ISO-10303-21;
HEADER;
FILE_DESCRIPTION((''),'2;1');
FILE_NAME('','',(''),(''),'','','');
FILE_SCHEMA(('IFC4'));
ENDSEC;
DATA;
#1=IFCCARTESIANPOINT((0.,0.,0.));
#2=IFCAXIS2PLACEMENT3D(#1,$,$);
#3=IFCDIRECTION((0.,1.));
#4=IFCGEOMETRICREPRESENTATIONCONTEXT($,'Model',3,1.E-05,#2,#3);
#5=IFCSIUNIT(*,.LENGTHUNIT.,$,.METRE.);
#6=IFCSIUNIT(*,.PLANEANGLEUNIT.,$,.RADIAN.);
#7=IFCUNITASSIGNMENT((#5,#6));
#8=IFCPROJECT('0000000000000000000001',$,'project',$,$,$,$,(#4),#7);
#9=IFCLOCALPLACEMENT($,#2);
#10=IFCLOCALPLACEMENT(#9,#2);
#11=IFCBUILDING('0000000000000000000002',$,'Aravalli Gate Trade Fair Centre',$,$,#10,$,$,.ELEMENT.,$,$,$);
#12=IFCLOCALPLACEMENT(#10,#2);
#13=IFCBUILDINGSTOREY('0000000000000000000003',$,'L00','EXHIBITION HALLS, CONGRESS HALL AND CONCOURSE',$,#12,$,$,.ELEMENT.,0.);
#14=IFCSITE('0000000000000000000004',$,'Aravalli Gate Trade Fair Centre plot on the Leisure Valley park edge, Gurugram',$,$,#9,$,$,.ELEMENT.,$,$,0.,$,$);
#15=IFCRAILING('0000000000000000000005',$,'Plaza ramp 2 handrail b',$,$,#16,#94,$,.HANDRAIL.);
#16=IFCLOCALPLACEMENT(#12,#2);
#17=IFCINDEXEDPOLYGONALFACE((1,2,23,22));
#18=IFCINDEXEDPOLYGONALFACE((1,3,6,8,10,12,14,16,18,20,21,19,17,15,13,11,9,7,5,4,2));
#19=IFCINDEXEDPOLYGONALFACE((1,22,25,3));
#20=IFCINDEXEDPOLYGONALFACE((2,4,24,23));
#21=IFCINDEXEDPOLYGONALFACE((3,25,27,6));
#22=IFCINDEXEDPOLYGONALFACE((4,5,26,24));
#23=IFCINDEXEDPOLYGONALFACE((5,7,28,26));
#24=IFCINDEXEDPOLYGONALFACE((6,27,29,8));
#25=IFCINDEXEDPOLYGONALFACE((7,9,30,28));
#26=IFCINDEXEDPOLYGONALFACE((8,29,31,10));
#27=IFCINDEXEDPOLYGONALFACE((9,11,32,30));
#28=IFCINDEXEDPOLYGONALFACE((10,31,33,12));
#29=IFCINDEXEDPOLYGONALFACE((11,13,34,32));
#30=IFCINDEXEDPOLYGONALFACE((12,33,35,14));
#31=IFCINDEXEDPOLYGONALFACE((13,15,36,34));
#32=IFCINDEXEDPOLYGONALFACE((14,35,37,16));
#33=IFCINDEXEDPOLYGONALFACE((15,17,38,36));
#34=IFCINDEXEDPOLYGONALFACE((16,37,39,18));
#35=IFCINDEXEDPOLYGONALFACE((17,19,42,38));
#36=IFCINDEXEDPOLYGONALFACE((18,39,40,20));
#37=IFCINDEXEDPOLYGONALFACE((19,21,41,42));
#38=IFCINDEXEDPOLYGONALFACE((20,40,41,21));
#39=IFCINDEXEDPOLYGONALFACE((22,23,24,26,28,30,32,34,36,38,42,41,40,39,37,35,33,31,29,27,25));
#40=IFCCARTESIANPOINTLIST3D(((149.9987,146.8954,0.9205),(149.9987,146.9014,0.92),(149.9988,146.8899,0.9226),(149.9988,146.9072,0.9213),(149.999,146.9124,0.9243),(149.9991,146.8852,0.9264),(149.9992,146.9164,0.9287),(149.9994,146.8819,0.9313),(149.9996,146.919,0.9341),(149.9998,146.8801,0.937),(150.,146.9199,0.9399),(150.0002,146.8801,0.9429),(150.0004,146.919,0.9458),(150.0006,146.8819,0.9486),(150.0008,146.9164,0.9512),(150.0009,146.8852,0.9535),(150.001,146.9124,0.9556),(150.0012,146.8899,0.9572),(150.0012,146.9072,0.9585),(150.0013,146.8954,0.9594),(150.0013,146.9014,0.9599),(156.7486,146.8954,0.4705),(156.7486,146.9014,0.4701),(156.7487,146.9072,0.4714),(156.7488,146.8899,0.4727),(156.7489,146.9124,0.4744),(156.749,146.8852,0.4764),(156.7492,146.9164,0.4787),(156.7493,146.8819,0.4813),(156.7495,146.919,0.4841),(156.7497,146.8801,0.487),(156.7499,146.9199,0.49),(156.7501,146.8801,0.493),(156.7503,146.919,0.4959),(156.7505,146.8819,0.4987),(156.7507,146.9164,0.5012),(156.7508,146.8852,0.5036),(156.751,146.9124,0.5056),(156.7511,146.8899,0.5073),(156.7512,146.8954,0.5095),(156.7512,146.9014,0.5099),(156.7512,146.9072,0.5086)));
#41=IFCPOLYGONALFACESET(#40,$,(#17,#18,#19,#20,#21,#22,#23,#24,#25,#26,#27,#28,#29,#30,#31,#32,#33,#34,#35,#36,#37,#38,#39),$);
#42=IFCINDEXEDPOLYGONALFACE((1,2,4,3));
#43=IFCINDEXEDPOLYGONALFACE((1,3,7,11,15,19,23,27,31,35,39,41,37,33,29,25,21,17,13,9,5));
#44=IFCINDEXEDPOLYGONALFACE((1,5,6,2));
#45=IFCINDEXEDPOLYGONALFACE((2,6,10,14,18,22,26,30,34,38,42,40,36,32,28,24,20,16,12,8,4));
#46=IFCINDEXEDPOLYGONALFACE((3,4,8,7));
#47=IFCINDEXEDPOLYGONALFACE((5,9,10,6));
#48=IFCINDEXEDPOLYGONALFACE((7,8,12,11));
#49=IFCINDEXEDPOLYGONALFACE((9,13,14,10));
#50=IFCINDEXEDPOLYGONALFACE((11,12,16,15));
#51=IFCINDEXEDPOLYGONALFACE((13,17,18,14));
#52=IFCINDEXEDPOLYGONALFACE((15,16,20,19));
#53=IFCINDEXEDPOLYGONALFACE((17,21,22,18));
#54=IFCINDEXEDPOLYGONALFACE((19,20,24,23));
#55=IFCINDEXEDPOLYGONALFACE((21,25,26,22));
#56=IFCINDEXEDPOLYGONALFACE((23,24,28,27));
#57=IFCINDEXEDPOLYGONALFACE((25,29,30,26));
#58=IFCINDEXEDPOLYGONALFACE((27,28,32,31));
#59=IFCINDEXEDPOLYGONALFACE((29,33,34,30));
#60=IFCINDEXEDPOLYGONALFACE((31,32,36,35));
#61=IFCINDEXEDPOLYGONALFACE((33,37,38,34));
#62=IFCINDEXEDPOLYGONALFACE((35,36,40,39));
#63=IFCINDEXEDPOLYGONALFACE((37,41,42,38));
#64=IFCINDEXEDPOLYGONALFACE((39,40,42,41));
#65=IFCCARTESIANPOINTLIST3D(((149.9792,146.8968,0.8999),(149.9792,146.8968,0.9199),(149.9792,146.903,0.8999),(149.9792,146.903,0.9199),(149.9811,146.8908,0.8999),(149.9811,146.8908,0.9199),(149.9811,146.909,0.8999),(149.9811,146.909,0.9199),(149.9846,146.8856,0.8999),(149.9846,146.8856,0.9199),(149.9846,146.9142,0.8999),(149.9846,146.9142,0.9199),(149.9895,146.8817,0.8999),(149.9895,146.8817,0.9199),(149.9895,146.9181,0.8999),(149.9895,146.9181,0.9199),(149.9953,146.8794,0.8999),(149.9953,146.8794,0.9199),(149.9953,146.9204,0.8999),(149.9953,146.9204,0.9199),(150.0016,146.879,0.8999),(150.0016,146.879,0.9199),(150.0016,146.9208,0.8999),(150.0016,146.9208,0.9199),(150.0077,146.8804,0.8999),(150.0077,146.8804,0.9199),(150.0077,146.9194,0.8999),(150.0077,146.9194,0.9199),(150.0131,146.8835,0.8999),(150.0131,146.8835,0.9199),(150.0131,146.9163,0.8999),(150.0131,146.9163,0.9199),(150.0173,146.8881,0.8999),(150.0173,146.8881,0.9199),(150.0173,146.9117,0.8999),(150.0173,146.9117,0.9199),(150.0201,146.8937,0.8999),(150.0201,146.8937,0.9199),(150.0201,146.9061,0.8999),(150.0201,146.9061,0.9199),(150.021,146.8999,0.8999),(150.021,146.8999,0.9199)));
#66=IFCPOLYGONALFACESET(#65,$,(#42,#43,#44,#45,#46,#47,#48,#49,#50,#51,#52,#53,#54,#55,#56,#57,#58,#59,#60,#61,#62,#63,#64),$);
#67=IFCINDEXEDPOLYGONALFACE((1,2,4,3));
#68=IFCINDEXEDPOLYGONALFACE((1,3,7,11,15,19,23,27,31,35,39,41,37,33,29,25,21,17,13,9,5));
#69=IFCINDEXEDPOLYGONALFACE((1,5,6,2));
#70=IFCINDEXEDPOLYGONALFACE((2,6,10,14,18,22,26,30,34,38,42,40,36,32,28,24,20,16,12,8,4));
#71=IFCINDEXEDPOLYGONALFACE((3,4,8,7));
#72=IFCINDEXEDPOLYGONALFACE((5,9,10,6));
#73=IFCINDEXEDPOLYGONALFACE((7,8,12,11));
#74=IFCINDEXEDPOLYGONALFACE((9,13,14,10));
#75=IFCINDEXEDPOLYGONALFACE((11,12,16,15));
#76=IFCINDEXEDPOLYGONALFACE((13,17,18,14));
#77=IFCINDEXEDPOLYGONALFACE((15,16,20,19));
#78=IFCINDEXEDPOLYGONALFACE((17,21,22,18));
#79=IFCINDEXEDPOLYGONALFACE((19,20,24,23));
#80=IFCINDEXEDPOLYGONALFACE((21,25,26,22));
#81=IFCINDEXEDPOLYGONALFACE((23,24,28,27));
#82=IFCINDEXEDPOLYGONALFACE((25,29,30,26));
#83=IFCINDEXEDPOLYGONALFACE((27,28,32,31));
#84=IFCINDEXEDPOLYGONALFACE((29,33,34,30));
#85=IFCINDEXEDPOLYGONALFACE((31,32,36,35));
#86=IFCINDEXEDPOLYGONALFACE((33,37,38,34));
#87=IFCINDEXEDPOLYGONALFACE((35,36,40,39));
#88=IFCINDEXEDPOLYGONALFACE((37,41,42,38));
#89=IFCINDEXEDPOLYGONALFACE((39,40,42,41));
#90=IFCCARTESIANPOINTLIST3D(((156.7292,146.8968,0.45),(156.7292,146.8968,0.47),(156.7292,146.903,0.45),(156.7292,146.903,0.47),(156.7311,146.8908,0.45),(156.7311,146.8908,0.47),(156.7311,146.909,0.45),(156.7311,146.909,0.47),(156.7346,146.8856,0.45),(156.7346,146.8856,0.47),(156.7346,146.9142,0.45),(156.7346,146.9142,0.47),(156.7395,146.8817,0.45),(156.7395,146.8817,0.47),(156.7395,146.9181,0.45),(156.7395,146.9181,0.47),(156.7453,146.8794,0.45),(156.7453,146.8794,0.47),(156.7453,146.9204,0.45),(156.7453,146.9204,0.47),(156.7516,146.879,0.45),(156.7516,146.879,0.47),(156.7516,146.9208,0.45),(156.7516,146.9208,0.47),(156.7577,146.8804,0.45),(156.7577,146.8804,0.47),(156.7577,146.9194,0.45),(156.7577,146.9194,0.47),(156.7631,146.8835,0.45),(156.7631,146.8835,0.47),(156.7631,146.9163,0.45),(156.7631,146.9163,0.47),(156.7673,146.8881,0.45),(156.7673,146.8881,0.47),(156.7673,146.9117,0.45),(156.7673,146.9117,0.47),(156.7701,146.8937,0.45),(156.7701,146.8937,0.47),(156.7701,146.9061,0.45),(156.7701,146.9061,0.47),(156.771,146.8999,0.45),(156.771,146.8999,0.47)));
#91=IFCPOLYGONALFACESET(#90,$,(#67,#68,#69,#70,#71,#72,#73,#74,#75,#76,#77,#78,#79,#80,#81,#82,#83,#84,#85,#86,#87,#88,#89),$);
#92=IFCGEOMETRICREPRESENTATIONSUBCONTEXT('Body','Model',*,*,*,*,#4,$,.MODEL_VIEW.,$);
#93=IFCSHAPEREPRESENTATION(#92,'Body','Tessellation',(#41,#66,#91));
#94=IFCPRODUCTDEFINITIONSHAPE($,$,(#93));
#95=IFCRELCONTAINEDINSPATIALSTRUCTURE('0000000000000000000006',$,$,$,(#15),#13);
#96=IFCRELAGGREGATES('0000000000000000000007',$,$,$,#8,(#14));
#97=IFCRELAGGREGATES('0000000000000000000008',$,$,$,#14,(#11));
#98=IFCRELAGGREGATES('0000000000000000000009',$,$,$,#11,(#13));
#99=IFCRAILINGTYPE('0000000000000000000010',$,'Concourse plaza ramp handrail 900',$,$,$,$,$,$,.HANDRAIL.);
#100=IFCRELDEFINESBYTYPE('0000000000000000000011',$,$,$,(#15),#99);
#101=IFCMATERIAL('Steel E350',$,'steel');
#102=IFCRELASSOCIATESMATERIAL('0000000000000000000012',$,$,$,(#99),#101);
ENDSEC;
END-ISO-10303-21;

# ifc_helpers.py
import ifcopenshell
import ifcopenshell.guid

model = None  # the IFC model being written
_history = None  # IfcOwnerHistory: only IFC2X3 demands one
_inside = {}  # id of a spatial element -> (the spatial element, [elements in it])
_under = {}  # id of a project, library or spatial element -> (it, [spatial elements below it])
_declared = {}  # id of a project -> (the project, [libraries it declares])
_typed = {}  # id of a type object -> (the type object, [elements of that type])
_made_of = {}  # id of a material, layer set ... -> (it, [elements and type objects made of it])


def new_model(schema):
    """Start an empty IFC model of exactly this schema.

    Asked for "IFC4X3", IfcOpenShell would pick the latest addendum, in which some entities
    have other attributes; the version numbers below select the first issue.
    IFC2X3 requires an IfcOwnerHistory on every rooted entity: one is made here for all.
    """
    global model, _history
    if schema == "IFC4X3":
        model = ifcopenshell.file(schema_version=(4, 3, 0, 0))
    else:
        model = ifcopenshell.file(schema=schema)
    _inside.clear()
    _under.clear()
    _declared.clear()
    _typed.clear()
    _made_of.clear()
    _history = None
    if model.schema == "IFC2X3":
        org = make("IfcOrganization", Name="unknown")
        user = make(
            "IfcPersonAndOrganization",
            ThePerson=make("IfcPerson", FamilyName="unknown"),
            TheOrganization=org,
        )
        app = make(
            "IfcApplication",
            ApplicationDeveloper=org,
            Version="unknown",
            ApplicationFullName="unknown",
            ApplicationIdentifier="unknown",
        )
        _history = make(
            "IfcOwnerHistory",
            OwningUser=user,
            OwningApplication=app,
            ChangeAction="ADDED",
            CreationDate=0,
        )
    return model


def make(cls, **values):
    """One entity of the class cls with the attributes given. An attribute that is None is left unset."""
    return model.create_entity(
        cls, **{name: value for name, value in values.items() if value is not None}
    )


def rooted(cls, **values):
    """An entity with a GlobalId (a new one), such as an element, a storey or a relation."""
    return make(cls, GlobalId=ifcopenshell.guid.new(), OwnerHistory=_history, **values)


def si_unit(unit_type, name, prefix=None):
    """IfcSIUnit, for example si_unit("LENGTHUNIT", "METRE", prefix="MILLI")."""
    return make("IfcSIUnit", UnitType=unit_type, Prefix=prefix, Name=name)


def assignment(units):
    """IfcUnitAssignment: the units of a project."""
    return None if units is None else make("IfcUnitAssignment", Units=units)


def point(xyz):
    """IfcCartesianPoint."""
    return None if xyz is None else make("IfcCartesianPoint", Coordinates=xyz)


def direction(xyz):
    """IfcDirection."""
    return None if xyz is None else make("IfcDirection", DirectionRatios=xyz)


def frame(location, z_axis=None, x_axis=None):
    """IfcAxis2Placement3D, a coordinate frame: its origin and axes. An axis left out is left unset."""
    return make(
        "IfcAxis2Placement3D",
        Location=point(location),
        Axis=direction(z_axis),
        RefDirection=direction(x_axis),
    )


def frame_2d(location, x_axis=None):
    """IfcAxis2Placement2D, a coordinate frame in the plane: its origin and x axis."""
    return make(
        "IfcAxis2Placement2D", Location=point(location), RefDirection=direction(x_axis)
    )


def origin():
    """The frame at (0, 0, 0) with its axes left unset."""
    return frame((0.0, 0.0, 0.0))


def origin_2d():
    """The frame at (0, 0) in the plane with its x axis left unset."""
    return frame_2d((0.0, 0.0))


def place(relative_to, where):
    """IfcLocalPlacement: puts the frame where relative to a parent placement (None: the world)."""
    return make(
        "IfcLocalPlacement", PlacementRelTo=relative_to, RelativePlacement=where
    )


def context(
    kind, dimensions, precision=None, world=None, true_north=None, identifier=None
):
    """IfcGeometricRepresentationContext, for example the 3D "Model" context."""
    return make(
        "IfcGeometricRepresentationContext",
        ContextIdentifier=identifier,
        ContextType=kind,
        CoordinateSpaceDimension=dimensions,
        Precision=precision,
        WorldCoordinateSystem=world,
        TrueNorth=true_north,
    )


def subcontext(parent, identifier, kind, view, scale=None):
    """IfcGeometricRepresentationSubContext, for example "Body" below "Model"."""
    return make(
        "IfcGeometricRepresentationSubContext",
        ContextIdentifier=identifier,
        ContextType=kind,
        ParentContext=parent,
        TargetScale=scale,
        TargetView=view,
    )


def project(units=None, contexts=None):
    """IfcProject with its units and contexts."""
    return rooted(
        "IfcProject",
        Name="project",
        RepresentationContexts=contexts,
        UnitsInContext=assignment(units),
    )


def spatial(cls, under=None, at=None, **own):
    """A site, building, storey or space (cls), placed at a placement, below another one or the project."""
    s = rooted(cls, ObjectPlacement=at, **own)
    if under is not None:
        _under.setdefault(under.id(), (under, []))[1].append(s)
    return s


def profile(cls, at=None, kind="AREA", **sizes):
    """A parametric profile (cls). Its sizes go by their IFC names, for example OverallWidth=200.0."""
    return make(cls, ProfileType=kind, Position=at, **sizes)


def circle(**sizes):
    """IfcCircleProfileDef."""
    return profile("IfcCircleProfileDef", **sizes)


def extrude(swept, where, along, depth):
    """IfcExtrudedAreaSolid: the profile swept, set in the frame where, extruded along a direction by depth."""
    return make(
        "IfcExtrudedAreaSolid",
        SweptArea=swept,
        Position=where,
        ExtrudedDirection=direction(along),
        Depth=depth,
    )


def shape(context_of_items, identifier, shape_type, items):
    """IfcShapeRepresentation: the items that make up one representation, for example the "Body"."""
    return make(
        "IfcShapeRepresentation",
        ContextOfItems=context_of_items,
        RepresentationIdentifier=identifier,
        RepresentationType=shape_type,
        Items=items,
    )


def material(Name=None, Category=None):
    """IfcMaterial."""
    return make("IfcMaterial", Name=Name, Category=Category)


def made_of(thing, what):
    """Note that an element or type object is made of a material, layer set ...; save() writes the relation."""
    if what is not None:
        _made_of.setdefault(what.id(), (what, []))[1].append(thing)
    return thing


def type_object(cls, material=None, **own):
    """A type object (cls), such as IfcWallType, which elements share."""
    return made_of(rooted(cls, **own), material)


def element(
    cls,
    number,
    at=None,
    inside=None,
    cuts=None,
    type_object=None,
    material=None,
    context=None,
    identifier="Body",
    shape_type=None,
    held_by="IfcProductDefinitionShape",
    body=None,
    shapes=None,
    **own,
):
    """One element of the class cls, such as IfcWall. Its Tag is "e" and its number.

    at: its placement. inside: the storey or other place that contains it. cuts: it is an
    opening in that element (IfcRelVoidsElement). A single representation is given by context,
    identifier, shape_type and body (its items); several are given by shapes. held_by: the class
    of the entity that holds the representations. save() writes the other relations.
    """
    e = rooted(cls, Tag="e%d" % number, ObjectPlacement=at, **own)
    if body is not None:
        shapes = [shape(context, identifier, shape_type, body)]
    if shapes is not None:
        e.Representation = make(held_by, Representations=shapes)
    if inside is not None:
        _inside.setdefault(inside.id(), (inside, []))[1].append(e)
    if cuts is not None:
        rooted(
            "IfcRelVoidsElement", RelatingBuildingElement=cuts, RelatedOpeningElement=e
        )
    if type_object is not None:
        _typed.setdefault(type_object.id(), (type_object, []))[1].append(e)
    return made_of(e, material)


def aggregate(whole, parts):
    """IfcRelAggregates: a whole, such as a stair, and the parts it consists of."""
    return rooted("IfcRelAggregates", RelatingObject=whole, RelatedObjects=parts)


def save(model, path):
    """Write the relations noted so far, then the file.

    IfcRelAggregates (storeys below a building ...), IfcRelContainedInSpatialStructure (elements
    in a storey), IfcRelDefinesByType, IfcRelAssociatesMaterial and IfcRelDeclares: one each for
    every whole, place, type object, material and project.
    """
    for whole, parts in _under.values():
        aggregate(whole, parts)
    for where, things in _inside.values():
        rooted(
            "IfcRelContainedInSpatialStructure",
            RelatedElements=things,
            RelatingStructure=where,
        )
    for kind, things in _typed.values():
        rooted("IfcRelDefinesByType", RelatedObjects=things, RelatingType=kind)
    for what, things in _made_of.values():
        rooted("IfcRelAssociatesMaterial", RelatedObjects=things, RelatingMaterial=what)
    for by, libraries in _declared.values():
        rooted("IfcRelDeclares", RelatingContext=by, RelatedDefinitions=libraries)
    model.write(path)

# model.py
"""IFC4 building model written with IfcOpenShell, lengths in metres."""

from ifc_helpers import new_model, si_unit, direction, frame, origin, origin_2d, place, context, subcontext, project, spatial, circle, extrude, material, type_object, element, save


model = new_model("IFC4")

# Units and contexts
model_context = context("Model", 3, precision=1e-05, world=origin(), true_north=direction((0.0, 1.0)))
body_context = subcontext(model_context, "Body", "Model", "MODEL_VIEW")
ifc_project = project(units=[si_unit("LENGTHUNIT", "METRE"), si_unit("PLANEANGLEUNIT", "RADIAN")], contexts=[model_context])

# Site, building, storey
site_placement = place(None, origin())
site = spatial("IfcSite", under=ifc_project, at=site_placement, Name="Aravalli Gate Trade Fair Centre plot on the Leisure Valley park edge, Gurugram", CompositionType="ELEMENT", RefElevation=0.0)
building_placement = place(site_placement, origin())
building = spatial("IfcBuilding", under=site, at=building_placement, Name="Aravalli Gate Trade Fair Centre", CompositionType="ELEMENT")
storey_placement = place(building_placement, origin())
storey = spatial("IfcBuildingStorey", under=building, at=storey_placement, Name="L00", Description="EXHIBITION HALLS, CONGRESS HALL AND CONCOURSE", CompositionType="ELEMENT", Elevation=0.0)

# Shared definitions
ifc_material_1 = material(Name="Steel E350", Category="steel")

# Railing
railing_type_1 = type_object("IfcRailingType", Name="Concourse plaza ramp handrail 900", PredefinedType="HANDRAIL", material=ifc_material_1)
for number, where, name in (
    (1, (150.0, 146.8999, 0.8999), "Plaza ramp 2 handrail b"),
):
    element("IfcRailing", number, at=place(storey_placement, frame(where)), inside=storey, type_object=railing_type_1, Name=name, PredefinedType="HANDRAIL", context=body_context, shape_type="SweptSolid", body=[
        extrude(circle(Radius=0.02, at=origin_2d()), frame((0.0, 0.0, 0.04), z_axis=(0.997786, 0.0, -0.066512), x_axis=(0.0, 1.0, 0.0)), (0.0, 0.0, 1.0), 6.7649),
        extrude(circle(Radius=0.021, at=origin_2d()), origin(), (0.0, 0.0, 1.0), 0.02),
        extrude(circle(Radius=0.021, at=origin_2d()), frame((6.75, 0.0, -0.45)), (0.0, 0.0, 1.0), 0.02),
    ])

save(model, "model.ifc")
